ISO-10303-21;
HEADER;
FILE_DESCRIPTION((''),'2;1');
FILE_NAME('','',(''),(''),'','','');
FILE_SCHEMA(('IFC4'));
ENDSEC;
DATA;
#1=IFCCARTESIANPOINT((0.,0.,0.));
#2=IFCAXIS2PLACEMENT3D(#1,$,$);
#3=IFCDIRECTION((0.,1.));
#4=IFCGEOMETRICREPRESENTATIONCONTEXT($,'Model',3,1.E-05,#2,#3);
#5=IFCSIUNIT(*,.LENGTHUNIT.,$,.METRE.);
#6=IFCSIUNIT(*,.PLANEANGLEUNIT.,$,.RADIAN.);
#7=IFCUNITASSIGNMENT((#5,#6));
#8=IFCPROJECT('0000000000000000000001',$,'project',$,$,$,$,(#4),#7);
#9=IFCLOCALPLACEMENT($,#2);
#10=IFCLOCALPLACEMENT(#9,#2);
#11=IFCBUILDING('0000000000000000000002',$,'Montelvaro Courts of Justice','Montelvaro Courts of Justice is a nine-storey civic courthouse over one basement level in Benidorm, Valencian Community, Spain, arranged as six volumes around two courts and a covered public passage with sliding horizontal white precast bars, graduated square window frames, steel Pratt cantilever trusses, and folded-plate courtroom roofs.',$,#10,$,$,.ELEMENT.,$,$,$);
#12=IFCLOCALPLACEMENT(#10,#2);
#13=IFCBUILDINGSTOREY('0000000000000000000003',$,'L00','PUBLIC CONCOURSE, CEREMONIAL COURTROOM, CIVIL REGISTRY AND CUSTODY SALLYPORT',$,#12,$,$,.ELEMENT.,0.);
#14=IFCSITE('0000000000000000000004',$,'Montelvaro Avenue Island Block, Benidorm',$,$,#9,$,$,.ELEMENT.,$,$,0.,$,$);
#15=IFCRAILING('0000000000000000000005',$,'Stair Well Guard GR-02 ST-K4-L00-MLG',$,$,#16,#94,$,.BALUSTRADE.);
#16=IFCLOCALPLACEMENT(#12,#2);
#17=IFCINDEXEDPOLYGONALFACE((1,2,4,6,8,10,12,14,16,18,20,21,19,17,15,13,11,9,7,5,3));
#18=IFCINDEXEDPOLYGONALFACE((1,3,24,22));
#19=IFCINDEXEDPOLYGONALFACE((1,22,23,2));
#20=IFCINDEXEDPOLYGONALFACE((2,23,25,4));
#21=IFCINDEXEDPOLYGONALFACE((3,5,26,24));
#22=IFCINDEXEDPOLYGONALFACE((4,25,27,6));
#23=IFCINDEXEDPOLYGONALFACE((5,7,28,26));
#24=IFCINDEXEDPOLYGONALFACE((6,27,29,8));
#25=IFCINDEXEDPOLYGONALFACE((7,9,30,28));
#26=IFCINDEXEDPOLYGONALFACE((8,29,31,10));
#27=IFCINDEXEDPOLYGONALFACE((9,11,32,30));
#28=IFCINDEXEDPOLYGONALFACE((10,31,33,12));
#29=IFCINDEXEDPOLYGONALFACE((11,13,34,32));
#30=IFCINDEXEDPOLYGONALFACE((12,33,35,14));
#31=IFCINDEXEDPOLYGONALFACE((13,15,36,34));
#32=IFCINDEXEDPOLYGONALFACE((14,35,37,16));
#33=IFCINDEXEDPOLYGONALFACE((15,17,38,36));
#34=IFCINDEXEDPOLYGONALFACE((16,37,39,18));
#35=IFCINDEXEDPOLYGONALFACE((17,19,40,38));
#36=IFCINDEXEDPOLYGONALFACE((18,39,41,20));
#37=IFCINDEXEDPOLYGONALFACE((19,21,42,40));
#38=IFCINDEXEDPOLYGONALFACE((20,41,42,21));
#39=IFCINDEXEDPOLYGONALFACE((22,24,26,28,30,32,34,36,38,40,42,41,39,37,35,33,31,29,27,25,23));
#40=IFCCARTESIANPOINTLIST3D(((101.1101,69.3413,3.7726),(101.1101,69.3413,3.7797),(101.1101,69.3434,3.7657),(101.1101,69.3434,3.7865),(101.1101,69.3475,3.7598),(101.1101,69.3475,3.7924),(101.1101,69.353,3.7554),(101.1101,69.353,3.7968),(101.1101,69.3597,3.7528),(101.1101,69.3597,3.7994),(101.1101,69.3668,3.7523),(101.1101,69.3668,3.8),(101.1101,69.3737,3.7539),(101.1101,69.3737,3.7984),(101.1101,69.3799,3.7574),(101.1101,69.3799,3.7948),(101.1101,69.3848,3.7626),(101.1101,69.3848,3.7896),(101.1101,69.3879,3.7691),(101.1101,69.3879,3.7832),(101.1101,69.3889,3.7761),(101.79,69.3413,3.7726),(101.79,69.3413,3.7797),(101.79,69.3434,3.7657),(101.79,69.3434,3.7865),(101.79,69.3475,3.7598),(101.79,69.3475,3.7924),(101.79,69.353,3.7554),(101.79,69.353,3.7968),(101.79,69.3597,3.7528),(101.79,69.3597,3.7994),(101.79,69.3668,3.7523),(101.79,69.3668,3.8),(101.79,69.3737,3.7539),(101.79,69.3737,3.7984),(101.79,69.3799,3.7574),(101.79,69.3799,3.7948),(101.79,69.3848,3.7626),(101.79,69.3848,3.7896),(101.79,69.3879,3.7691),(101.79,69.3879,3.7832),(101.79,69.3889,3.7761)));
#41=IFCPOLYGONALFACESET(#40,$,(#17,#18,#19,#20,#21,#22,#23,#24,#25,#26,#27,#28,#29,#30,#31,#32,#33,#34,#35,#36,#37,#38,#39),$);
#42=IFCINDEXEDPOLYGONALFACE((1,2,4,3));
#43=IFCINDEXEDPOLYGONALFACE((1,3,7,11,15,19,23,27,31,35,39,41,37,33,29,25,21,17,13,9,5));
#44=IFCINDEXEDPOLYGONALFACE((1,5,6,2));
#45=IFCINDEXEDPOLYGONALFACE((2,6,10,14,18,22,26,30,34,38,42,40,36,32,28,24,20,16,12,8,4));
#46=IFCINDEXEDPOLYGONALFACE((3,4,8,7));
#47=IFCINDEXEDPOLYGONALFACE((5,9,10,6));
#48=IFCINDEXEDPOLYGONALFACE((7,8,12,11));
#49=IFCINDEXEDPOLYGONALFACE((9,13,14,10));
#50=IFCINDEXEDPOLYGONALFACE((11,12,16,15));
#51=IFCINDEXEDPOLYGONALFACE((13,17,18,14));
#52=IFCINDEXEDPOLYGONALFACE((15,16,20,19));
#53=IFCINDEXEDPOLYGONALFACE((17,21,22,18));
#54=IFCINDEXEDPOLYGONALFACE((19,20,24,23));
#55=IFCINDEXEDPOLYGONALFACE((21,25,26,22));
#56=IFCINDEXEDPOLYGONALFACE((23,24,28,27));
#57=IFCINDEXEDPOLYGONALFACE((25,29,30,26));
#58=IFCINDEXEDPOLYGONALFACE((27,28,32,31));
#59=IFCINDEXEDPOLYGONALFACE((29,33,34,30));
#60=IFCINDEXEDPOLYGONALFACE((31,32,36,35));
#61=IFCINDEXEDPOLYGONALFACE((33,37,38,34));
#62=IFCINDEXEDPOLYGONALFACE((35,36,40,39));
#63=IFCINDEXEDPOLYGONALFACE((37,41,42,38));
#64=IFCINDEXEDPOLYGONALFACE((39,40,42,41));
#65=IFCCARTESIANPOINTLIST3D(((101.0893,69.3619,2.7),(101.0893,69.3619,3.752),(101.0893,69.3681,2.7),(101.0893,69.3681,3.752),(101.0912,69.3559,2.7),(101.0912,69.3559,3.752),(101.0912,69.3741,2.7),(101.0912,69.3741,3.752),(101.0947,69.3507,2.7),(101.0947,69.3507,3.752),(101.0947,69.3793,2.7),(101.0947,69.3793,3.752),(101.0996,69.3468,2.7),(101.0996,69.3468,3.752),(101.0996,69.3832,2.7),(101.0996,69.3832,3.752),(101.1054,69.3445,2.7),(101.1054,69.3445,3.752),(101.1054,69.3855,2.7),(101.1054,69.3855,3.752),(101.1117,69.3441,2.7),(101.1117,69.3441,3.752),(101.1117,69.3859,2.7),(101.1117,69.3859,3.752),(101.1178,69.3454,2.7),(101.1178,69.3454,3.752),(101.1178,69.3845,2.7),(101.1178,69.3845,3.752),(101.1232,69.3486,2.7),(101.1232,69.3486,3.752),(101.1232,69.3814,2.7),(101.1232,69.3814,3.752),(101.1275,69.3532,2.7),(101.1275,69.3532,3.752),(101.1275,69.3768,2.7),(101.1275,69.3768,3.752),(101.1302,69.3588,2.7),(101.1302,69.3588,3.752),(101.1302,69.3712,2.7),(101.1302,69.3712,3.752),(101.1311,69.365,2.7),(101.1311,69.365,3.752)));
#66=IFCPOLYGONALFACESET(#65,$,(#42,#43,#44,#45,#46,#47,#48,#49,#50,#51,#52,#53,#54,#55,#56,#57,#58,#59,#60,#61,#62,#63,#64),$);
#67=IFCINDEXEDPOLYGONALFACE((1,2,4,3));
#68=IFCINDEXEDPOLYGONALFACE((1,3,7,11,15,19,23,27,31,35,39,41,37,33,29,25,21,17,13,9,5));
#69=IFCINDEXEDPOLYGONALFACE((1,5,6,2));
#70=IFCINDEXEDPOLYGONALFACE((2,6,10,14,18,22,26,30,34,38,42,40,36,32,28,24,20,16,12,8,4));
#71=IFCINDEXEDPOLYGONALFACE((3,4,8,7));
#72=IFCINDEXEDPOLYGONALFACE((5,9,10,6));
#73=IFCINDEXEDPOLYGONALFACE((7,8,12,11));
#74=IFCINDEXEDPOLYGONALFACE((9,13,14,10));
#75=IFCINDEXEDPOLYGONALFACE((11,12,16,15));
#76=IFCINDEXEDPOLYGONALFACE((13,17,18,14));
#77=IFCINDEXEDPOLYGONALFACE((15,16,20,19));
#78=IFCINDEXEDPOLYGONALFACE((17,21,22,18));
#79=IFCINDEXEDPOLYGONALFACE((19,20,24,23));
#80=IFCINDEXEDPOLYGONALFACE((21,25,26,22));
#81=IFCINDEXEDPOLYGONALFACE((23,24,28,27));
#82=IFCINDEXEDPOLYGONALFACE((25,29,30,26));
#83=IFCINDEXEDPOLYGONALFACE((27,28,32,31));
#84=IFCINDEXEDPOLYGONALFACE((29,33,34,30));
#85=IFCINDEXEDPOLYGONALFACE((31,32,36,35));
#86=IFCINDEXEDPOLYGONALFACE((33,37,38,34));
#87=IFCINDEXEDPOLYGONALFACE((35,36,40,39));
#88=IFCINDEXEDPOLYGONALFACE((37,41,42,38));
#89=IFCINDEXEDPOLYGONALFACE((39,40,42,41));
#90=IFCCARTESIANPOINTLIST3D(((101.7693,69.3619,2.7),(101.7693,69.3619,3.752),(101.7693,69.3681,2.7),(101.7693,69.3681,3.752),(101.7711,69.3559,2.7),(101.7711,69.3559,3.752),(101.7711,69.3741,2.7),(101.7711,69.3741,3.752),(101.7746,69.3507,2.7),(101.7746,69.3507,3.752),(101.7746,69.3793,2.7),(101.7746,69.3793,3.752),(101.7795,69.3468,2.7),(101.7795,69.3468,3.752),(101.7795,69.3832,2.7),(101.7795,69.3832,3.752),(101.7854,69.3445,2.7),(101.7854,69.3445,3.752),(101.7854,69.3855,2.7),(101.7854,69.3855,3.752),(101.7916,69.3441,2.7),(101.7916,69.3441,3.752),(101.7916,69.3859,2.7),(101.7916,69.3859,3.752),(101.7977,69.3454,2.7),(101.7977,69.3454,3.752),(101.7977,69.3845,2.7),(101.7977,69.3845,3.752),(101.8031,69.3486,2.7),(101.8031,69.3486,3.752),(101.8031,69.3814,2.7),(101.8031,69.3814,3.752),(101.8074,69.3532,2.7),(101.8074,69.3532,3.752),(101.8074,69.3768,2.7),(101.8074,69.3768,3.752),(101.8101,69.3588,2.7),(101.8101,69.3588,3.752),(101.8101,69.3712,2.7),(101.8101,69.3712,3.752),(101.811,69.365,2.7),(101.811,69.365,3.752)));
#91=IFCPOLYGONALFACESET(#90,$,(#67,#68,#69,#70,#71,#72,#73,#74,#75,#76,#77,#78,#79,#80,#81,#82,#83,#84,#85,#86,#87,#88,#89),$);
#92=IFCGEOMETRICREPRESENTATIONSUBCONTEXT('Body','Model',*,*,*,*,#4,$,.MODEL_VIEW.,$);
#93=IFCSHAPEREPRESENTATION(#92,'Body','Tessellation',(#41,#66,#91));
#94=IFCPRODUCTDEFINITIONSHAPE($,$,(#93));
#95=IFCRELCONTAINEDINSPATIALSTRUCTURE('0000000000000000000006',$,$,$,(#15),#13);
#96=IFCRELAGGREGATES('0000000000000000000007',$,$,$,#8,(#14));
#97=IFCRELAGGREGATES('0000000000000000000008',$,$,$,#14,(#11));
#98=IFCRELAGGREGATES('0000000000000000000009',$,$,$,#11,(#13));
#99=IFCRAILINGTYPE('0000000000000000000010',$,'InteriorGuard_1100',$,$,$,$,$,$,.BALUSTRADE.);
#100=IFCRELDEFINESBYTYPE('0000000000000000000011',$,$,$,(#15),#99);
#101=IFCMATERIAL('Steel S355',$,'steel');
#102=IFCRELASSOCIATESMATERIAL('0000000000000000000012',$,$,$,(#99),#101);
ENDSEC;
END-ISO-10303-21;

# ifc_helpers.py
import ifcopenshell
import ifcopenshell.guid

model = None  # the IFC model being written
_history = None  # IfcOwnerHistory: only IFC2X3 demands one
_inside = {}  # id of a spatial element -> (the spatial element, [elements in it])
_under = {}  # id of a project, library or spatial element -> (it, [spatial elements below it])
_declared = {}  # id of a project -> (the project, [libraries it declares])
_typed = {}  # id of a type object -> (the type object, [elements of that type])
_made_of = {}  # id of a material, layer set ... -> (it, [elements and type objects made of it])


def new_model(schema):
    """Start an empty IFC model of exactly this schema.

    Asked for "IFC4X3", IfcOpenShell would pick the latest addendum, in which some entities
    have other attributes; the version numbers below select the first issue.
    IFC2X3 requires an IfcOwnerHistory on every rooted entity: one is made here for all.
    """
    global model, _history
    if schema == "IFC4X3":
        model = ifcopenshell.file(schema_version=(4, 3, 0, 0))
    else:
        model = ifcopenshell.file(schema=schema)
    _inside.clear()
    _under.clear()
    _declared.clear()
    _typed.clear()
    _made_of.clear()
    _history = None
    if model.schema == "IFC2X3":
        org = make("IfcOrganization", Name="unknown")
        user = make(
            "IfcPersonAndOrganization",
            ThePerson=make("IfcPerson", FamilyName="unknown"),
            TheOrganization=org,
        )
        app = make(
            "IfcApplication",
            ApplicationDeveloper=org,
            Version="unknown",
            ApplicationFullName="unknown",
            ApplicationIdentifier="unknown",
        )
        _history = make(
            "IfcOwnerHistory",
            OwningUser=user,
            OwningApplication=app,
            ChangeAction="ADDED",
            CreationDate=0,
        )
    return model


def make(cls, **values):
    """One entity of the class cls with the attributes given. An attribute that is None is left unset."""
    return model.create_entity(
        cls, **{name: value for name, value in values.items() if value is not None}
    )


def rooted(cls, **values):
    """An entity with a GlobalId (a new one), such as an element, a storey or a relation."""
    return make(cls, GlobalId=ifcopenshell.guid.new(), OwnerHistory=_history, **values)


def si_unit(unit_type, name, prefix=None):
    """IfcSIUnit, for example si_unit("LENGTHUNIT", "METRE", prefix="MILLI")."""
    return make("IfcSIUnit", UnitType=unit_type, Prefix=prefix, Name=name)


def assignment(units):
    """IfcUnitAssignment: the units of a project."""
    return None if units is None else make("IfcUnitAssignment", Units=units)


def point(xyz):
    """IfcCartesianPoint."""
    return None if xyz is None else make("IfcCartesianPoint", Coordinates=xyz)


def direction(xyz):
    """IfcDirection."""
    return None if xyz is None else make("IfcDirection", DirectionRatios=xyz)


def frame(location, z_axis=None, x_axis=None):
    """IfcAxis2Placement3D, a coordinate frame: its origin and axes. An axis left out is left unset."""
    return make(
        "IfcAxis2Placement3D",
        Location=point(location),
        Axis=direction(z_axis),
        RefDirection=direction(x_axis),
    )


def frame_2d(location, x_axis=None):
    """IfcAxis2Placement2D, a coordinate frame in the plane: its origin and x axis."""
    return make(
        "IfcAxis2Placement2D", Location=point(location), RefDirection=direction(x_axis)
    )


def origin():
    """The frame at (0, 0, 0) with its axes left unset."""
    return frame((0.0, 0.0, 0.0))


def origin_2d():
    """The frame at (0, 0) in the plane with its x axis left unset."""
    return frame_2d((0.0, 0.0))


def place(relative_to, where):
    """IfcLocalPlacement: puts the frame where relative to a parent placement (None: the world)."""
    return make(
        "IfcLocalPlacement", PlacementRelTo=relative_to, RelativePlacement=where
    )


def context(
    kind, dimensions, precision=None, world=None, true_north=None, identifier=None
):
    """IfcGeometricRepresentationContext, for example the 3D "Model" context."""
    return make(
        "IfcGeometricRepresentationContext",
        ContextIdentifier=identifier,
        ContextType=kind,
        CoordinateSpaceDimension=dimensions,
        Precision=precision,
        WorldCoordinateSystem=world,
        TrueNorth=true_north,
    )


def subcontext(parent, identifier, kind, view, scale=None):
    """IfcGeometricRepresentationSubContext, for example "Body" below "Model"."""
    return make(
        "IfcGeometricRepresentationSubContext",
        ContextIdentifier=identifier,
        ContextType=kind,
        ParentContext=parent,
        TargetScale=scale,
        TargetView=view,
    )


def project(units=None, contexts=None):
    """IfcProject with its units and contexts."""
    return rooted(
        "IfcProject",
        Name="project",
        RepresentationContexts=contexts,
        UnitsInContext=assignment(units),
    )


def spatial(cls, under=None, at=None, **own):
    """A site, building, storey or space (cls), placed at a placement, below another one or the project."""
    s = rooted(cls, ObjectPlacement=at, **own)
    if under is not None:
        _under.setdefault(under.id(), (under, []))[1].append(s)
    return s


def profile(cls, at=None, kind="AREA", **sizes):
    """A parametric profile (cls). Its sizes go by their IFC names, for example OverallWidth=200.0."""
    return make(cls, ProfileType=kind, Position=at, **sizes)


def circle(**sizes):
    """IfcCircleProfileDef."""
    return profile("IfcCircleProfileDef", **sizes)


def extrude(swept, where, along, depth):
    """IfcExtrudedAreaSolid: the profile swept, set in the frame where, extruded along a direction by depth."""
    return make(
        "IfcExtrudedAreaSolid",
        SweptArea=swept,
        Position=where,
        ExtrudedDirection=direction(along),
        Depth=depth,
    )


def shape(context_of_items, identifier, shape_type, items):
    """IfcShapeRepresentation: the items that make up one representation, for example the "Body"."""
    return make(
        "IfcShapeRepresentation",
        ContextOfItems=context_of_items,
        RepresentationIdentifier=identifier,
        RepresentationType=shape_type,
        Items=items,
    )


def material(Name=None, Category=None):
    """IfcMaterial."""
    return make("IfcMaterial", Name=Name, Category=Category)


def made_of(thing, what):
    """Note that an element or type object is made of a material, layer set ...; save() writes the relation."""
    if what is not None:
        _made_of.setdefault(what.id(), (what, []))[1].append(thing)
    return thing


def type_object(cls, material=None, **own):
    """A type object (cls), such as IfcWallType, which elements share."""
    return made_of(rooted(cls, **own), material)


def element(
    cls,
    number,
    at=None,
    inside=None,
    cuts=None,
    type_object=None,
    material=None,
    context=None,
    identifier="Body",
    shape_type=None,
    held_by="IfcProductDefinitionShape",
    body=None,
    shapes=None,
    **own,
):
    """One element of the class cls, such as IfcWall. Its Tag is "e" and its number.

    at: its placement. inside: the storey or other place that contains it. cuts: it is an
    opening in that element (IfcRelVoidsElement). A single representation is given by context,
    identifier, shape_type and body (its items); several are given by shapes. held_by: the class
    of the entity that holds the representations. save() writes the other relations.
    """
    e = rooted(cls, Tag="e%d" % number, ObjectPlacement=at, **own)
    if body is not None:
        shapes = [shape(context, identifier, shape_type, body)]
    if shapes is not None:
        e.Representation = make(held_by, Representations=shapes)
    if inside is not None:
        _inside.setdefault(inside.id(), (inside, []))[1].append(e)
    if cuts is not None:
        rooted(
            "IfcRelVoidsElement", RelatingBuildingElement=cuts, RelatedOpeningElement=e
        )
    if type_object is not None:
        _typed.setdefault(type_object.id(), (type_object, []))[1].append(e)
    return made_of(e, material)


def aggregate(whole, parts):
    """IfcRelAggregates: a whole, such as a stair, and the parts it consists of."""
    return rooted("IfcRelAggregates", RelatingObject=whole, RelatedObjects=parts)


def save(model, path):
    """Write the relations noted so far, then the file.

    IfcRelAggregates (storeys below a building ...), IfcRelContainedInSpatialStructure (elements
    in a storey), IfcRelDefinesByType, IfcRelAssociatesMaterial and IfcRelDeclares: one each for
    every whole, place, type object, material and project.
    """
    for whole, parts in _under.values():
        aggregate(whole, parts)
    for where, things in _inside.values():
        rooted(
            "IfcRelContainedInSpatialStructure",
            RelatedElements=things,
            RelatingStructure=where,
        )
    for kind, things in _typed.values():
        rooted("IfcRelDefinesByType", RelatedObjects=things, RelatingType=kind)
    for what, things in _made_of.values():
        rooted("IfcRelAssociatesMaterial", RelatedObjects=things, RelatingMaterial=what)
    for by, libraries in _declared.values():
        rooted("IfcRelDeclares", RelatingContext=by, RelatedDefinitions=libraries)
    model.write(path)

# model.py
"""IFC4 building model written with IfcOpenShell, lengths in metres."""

from ifc_helpers import new_model, si_unit, direction, frame, origin, origin_2d, place, context, subcontext, project, spatial, circle, extrude, material, type_object, element, save


model = new_model("IFC4")

# Units and contexts
model_context = context("Model", 3, precision=1e-05, world=origin(), true_north=direction((0.0, 1.0)))
body_context = subcontext(model_context, "Body", "Model", "MODEL_VIEW")
ifc_project = project(units=[si_unit("LENGTHUNIT", "METRE"), si_unit("PLANEANGLEUNIT", "RADIAN")], contexts=[model_context])

# Site, building, storey
site_placement = place(None, origin())
site = spatial("IfcSite", under=ifc_project, at=site_placement, Name="Montelvaro Avenue Island Block, Benidorm", CompositionType="ELEMENT", RefElevation=0.0)
building_placement = place(site_placement, origin())
building = spatial("IfcBuilding", under=site, at=building_placement, Name="Montelvaro Courts of Justice", Description="Montelvaro Courts of Justice is a nine-storey civic courthouse over one basement level in Benidorm, Valencian Community, Spain, arranged as six volumes around two courts and a covered public passage with sliding horizontal white precast bars, graduated square window frames, steel Pratt cantilever trusses, and folded-plate courtroom roofs.", CompositionType="ELEMENT")
storey_placement = place(building_placement, origin())
storey = spatial("IfcBuildingStorey", under=building, at=storey_placement, Name="L00", Description="PUBLIC CONCOURSE, CEREMONIAL COURTROOM, CIVIL REGISTRY AND CUSTODY SALLYPORT", CompositionType="ELEMENT", Elevation=0.0)

# Railing
ifc_material_1 = material(Name="Steel S355", Category="steel")
railing_type_1 = type_object("IfcRailingType", Name="InteriorGuard_1100", PredefinedType="BALUSTRADE", material=ifc_material_1)
railing_1_placement = place(storey_placement, frame((101.1101, 69.365, 2.7)))
element("IfcRailing", 1, at=railing_1_placement, inside=storey, type_object=railing_type_1, Name="Stair Well Guard GR-02 ST-K4-L00-MLG", PredefinedType="BALUSTRADE", context=body_context, shape_type="SweptSolid", body=[
    extrude(circle(Radius=0.0239, at=origin_2d()), frame((0.0, 0.0, 1.0762), z_axis=(1.0, 0.0, 0.0), x_axis=(0.0, 1.0, 0.0)), (0.0, 0.0, 1.0), 0.6799),
    extrude(circle(Radius=0.021, at=origin_2d()), origin(), (0.0, 0.0, 1.0), 1.052),
    extrude(circle(Radius=0.021, at=origin_2d()), frame((0.6799, 0.0, 0.0)), (0.0, 0.0, 1.0), 1.052),
])

save(model, "model.ifc")
